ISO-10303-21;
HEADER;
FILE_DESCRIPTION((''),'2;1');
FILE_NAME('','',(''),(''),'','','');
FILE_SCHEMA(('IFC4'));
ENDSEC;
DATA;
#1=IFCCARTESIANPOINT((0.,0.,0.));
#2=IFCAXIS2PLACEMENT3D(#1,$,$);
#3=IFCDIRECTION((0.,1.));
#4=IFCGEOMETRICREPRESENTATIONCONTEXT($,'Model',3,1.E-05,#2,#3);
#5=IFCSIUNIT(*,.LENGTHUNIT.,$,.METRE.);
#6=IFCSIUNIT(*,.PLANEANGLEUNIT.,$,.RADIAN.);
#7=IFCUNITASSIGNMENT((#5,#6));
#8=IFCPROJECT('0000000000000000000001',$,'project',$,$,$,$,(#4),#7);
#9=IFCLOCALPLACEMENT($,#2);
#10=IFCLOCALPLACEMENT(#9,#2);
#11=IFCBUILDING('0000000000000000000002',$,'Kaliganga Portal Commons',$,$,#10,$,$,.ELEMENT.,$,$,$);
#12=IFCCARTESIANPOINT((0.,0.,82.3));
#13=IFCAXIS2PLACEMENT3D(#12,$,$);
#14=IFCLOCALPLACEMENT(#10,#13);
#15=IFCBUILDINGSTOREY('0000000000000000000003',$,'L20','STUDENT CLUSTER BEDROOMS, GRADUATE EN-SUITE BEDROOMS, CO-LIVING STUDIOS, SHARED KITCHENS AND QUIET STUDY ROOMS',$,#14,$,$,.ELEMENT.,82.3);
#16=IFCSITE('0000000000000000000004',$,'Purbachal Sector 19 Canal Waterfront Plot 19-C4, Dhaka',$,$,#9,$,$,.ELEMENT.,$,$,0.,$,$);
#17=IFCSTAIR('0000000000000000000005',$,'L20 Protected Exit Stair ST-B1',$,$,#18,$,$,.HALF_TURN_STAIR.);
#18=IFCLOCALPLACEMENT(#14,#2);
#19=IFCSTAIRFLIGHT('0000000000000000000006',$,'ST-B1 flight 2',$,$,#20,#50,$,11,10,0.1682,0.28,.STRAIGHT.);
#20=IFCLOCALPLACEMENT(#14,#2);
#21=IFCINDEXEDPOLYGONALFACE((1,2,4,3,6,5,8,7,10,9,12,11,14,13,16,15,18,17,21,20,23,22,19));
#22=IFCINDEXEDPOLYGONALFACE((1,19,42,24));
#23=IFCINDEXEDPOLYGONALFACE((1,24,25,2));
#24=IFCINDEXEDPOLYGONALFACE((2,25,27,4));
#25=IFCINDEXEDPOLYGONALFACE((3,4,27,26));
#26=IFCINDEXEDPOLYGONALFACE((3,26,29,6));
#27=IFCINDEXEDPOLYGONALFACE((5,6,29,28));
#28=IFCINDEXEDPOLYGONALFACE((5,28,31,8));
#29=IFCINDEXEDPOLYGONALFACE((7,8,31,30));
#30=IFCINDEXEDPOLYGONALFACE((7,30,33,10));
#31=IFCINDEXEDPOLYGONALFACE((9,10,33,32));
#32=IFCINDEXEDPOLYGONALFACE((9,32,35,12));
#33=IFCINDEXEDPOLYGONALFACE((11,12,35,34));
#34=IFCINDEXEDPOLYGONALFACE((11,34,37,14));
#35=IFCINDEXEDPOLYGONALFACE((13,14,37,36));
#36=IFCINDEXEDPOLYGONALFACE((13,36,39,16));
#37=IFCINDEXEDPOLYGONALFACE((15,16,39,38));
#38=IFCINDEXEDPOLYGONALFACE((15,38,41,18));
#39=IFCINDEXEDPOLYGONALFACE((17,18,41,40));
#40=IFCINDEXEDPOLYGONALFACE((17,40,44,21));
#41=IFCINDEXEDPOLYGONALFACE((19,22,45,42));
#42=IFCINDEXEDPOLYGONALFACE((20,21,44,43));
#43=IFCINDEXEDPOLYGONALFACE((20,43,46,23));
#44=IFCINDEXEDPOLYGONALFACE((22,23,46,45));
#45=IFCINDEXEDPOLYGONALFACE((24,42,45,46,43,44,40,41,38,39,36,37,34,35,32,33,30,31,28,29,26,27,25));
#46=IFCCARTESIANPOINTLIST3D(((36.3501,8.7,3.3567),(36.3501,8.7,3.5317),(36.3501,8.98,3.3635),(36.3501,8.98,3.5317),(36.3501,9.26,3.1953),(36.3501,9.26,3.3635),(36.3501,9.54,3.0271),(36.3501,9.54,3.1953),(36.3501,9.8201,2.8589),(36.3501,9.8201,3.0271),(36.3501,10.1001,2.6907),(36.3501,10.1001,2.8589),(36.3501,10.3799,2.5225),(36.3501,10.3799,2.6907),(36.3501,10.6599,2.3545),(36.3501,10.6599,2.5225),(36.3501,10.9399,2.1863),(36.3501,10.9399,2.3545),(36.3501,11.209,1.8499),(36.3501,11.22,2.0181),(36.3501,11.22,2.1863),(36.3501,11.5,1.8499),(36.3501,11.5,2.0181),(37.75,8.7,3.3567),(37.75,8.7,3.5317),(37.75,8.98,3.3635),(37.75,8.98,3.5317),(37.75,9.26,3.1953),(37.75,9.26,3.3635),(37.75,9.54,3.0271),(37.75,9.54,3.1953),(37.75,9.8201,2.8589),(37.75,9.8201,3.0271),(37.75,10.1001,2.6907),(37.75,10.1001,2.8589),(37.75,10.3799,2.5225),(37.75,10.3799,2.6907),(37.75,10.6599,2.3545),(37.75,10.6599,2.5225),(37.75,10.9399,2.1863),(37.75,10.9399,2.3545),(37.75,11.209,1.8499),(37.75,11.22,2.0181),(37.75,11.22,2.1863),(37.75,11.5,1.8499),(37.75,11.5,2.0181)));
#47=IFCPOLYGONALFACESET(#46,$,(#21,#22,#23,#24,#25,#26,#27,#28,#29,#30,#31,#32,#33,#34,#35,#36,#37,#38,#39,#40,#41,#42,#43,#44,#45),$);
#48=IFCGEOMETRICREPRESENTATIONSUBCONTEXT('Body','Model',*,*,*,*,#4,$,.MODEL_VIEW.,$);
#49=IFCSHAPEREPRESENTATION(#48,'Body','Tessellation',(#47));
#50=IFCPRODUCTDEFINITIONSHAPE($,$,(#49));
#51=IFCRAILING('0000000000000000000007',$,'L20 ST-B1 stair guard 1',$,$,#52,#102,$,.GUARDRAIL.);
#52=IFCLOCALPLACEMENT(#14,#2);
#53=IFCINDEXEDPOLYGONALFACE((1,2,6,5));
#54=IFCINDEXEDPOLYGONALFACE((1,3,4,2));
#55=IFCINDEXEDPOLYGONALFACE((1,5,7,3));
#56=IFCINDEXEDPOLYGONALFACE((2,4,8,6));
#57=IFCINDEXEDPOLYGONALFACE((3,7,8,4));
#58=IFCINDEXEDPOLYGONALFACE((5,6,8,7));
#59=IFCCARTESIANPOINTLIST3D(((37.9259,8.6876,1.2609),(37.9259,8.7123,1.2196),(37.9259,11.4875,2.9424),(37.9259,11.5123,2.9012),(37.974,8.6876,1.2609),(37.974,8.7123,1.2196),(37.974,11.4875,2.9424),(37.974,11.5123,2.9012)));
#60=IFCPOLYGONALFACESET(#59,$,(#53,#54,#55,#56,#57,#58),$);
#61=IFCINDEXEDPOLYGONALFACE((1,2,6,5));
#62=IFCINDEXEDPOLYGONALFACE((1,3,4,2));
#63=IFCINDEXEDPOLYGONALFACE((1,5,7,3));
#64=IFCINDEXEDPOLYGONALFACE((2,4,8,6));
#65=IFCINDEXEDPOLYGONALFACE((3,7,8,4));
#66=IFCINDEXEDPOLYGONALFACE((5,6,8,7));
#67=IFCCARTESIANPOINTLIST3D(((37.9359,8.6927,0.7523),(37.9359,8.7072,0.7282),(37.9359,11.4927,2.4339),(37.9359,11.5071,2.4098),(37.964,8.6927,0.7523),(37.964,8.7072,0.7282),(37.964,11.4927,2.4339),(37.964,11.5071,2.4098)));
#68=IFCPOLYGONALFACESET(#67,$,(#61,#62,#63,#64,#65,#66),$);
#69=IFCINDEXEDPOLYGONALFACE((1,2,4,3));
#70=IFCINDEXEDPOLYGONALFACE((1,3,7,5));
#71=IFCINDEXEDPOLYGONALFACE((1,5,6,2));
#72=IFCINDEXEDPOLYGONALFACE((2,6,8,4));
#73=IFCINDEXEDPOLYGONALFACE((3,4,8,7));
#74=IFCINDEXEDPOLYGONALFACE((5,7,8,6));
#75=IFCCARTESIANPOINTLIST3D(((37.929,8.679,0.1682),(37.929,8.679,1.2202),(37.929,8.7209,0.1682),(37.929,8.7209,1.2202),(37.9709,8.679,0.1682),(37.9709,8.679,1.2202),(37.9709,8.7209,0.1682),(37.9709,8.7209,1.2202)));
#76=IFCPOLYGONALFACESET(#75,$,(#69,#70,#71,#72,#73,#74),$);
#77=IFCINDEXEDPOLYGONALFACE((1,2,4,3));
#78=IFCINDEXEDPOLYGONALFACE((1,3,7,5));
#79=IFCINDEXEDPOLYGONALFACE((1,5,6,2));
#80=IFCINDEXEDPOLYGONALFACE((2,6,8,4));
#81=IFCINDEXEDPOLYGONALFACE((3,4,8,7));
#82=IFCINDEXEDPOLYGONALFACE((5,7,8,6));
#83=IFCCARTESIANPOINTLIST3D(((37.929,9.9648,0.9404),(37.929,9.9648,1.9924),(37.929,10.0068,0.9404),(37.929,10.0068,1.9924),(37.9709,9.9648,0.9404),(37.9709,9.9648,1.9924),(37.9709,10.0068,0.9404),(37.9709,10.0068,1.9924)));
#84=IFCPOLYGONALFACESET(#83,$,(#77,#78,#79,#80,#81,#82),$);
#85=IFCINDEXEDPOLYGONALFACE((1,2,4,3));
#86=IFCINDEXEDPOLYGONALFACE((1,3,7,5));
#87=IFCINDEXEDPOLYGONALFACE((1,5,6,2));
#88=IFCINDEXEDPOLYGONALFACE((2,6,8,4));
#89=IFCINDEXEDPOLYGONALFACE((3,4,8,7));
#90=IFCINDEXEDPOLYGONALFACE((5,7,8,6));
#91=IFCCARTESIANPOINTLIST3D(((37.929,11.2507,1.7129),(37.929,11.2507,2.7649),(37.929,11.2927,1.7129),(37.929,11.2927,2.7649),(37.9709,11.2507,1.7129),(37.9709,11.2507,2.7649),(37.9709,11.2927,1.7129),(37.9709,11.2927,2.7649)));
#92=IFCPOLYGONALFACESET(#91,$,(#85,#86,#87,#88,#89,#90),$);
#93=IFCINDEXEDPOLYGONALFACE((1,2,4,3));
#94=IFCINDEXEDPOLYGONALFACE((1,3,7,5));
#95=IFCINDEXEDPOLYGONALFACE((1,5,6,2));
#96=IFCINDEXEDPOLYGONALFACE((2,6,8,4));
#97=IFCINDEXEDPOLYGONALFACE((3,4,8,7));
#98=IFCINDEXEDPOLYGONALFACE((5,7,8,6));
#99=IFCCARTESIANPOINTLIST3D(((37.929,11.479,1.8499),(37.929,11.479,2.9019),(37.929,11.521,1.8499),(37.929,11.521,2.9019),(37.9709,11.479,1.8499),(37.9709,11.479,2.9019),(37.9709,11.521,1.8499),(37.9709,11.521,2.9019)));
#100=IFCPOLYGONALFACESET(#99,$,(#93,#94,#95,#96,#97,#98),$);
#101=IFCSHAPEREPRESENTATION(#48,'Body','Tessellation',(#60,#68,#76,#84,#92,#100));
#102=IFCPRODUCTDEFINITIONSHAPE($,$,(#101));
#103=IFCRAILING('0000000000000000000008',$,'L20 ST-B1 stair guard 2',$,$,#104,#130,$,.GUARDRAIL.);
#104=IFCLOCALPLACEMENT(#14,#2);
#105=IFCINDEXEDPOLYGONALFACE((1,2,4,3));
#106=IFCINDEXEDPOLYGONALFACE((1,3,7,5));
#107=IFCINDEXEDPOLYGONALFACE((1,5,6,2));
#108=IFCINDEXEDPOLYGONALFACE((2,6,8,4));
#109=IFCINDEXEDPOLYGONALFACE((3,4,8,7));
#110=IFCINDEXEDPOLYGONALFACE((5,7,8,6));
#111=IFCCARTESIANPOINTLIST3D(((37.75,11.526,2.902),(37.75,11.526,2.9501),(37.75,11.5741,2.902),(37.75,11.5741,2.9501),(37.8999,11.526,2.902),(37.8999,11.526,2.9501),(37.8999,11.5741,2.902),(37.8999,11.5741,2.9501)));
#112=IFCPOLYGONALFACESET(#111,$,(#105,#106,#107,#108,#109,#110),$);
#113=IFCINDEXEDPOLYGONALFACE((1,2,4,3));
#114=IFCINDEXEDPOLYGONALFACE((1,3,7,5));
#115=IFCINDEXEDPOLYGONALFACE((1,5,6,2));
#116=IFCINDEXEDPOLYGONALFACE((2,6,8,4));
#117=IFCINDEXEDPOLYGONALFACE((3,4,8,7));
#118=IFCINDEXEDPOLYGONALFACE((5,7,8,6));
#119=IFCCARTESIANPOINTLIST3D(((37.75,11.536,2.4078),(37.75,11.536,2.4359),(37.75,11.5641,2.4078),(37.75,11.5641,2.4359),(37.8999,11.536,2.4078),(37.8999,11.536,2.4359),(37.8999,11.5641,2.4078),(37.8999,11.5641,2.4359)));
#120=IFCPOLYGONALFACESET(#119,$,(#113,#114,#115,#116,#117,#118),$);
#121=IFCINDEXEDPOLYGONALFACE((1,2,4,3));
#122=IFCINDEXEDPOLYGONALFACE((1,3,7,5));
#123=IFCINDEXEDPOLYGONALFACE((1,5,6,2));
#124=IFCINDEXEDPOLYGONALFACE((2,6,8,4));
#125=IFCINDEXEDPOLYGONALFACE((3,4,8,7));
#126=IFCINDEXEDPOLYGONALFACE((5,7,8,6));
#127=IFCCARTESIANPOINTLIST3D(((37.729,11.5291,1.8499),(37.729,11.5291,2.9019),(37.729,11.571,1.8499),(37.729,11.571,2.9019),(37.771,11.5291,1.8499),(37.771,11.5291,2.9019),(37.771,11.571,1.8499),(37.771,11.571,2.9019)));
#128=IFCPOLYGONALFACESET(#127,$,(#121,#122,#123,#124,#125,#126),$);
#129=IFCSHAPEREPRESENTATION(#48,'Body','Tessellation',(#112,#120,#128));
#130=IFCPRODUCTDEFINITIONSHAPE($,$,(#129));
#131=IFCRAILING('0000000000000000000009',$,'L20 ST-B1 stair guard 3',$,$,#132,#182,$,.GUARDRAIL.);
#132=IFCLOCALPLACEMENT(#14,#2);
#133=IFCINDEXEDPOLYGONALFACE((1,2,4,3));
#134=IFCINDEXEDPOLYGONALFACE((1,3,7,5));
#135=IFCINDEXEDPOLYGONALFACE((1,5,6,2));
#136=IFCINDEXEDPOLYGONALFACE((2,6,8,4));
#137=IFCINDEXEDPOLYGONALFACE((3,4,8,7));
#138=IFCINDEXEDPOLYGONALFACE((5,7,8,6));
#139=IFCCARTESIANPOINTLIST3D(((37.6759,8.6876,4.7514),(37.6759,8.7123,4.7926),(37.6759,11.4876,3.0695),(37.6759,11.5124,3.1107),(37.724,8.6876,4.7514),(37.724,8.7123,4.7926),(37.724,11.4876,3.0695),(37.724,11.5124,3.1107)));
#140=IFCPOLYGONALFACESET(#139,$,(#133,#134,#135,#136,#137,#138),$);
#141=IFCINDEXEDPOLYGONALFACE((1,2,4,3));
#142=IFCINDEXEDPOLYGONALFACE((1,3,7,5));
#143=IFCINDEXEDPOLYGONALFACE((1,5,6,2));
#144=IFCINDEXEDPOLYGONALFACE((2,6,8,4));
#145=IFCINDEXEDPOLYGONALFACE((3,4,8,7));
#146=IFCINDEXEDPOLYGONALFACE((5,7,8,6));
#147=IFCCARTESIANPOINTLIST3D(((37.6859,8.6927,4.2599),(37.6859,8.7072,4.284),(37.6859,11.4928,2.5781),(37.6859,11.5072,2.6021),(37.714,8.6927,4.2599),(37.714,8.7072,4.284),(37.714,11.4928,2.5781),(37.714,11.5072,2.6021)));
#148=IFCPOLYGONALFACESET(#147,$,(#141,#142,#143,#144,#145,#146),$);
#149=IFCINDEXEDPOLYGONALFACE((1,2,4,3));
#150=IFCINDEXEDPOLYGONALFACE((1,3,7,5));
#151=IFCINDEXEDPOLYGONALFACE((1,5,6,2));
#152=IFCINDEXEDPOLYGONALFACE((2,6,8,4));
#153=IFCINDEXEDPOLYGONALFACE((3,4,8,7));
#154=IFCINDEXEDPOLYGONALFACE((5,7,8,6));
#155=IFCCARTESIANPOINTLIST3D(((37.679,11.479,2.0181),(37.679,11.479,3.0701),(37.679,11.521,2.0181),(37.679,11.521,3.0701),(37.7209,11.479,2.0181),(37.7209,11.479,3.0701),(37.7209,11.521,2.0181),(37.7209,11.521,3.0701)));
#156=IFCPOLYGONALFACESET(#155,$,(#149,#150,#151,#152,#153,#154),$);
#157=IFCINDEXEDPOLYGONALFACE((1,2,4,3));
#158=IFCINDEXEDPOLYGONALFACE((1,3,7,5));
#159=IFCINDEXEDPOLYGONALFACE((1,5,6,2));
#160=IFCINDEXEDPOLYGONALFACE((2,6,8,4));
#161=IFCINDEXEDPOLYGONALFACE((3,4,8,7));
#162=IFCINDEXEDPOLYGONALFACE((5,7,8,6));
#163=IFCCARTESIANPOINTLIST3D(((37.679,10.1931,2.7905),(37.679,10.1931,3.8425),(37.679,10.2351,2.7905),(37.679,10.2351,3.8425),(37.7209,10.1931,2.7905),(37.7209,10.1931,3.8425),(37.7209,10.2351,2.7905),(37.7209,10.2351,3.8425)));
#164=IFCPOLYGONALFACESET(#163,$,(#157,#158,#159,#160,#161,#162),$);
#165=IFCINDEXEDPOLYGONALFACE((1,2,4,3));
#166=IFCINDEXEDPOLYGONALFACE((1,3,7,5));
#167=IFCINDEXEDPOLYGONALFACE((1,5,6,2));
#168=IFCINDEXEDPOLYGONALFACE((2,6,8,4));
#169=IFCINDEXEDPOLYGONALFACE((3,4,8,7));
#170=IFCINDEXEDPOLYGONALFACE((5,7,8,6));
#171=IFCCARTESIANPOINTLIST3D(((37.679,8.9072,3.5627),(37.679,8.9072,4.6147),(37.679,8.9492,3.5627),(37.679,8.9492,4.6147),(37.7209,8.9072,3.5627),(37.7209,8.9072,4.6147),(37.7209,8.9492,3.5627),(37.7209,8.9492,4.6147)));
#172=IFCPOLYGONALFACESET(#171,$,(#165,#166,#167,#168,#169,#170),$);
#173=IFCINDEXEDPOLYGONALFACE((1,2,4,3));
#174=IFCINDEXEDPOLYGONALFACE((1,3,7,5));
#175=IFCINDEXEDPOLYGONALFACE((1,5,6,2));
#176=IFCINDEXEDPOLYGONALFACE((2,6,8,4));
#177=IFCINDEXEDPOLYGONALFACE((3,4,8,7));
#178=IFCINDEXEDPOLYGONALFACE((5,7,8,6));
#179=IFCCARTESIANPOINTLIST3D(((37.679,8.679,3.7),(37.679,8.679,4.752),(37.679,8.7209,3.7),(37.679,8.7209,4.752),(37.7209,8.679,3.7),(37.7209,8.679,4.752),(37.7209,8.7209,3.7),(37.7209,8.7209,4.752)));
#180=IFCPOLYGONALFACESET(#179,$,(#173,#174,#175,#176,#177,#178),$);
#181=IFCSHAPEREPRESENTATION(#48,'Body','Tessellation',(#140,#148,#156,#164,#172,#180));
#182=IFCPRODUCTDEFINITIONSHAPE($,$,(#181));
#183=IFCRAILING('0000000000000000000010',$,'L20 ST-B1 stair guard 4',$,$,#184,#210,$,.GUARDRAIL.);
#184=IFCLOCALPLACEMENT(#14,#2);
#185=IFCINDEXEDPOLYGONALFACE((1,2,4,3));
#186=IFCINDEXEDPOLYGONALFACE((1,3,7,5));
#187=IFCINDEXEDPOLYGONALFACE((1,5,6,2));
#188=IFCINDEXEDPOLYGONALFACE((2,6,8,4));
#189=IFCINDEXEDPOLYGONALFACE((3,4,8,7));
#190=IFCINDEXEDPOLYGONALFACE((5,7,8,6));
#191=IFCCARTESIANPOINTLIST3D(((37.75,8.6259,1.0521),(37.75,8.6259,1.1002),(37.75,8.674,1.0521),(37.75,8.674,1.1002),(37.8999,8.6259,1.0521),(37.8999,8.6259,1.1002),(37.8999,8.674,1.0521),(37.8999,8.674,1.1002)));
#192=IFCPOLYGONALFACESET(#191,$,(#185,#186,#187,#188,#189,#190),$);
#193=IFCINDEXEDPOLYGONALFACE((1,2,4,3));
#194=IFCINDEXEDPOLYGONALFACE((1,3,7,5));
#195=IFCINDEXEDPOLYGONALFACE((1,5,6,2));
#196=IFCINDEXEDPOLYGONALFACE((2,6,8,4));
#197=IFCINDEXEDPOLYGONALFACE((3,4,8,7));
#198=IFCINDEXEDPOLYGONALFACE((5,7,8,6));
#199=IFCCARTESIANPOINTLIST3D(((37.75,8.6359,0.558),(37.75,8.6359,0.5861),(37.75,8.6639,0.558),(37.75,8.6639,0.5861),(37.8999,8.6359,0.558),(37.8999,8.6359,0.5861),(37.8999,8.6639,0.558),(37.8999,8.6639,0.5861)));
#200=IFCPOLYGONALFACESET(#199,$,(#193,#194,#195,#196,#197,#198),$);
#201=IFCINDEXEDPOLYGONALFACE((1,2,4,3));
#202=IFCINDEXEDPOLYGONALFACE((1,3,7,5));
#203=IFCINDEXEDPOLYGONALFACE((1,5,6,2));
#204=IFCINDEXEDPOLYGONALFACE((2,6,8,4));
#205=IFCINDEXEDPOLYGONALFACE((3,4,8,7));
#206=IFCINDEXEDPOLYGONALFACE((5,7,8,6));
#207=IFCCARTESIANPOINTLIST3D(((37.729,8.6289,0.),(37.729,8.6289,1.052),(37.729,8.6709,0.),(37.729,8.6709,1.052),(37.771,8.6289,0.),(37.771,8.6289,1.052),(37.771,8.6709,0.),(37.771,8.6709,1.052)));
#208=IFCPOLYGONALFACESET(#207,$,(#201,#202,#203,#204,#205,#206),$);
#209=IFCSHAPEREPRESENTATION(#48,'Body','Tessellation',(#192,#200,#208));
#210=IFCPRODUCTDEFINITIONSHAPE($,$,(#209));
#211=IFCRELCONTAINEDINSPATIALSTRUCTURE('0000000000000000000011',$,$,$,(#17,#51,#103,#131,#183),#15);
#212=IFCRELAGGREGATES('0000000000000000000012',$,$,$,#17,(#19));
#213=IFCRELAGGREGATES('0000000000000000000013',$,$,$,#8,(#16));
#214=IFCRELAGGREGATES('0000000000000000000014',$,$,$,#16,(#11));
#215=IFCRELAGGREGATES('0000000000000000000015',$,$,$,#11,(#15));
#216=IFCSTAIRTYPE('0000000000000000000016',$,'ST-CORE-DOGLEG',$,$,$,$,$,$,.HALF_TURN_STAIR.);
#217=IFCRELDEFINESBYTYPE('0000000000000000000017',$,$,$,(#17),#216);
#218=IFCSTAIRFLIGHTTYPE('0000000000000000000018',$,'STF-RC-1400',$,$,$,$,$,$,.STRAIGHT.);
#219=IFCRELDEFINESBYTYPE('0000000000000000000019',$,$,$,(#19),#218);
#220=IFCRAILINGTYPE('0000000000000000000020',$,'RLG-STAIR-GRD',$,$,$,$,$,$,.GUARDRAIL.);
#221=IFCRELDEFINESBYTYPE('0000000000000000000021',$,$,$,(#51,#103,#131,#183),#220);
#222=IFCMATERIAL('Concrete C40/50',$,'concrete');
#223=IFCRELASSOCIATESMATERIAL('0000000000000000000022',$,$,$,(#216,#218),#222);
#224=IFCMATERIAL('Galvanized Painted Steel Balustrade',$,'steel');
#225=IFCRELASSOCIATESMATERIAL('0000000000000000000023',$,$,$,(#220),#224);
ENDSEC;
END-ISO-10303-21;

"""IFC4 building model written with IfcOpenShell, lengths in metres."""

from ifc_helpers import new_model, si_unit, direction, frame, origin, origin_2d, place, context, subcontext, project, spatial, polyline, rectangle, outline, extrude, material, type_object, element, aggregate, save


model = new_model("IFC4")

# Units and contexts
model_context = context("Model", 3, precision=1e-05, world=origin(), true_north=direction((0.0, 1.0)))
body_context = subcontext(model_context, "Body", "Model", "MODEL_VIEW")
ifc_project = project(units=[si_unit("LENGTHUNIT", "METRE"), si_unit("PLANEANGLEUNIT", "RADIAN")], contexts=[model_context])

# Site, building, storey
site_placement = place(None, origin())
site = spatial("IfcSite", under=ifc_project, at=site_placement, Name="Purbachal Sector 19 Canal Waterfront Plot 19-C4, Dhaka", CompositionType="ELEMENT", RefElevation=0.0)
building_placement = place(site_placement, origin())
building = spatial("IfcBuilding", under=site, at=building_placement, Name="Kaliganga Portal Commons", CompositionType="ELEMENT")
storey_placement = place(building_placement, frame((0.0, 0.0, 82.3)))
storey = spatial("IfcBuildingStorey", under=building, at=storey_placement, Name="L20", Description="STUDENT CLUSTER BEDROOMS, GRADUATE EN-SUITE BEDROOMS, CO-LIVING STUDIOS, SHARED KITCHENS AND QUIET STUDY ROOMS", CompositionType="ELEMENT", Elevation=82.3)

# Stair, stair flight
ifc_material_1 = material(Name="Concrete C40/50", Category="concrete")
stair_type = type_object("IfcStairType", Name="ST-CORE-DOGLEG", PredefinedType="HALF_TURN_STAIR", material=ifc_material_1)
stair_placement = place(storey_placement, origin())
stair = element("IfcStair", 1, at=stair_placement, inside=storey, type_object=stair_type, Name="L20 Protected Exit Stair ST-B1", PredefinedType="HALF_TURN_STAIR")
stair_flight_type = type_object("IfcStairFlightType", Name="STF-RC-1400", PredefinedType="STRAIGHT", material=ifc_material_1)
stair_flight_1_placement = place(storey_placement, frame((37.05, 11.5, 1.8499), z_axis=(0.0, 0.0, 1.0), x_axis=(0.0, -1.0, 0.0)))
stair_flight_1 = element("IfcStairFlight", 2, at=stair_flight_1_placement, type_object=stair_flight_type, Name="ST-B1 flight 2", NumberOfRisers=11, NumberOfTreads=10, PredefinedType="STRAIGHT", RiserHeight=0.1682, TreadLength=0.28, context=body_context, shape_type="SweptSolid", body=[
    extrude(outline(polyline([(0.0, 0.0), (0.0, 0.1682), (0.28, 0.1682), (0.28, 0.3364), (0.5601, 0.3364), (0.5601, 0.5046), (0.8401, 0.5046), (0.8401, 0.6726), (1.1201, 0.6726), (1.1201, 0.8408), (1.3999, 0.8408), (1.3999, 1.009), (1.6799, 1.009), (1.6799, 1.1772), (1.96, 1.1772), (1.96, 1.3455), (2.24, 1.3455), (2.24, 1.5137), (2.52, 1.5137), (2.52, 1.6819), (2.8, 1.6819), (2.8, 1.8501), (2.8, 1.5068), (0.291, 0.0), (0.0, 0.0)])), frame((0.0, 0.7, 0.0), z_axis=(0.0, -1.0, 0.0), x_axis=(1.0, 0.0, 0.0)), (0.0, 0.0, 1.0), 1.3999),
])
aggregate(stair, [stair_flight_1])

# Railings
ifc_material_2 = material(Name="Galvanized Painted Steel Balustrade", Category="steel")
railing_type_1 = type_object("IfcRailingType", Name="RLG-STAIR-GRD", PredefinedType="GUARDRAIL", material=ifc_material_2)
railing_1_placement = place(storey_placement, frame((37.95, 8.7, 0.1682)))
element("IfcRailing", 3, at=railing_1_placement, inside=storey, type_object=railing_type_1, Name="L20 ST-B1 stair guard 1", PredefinedType="GUARDRAIL", context=body_context, shape_type="SweptSolid", body=[
    extrude(rectangle(XDim=0.0481, YDim=0.0481, at=origin_2d()), frame((0.0, 0.0, 1.072), z_axis=(0.0, 0.857275, 0.514858), x_axis=(-1.0, 0.0, 0.0)), (0.0, 0.0, 1.0), 3.2661),
    extrude(rectangle(XDim=0.0281, YDim=0.0281, at=origin_2d()), frame((0.0, 0.0, 0.572), z_axis=(0.0, 0.857275, 0.514858), x_axis=(-1.0, 0.0, 0.0)), (0.0, 0.0, 1.0), 3.2661),
    extrude(rectangle(XDim=0.042, YDim=0.042, at=origin_2d()), origin(), (0.0, 0.0, 1.0), 1.052),
    extrude(rectangle(XDim=0.042, YDim=0.042, at=origin_2d()), frame((0.0, 1.2859, 0.7722)), (0.0, 0.0, 1.0), 1.052),
    extrude(rectangle(XDim=0.042, YDim=0.042, at=origin_2d()), frame((0.0, 2.5718, 1.5447)), (0.0, 0.0, 1.0), 1.052),
    extrude(rectangle(XDim=0.042, YDim=0.042, at=origin_2d()), frame((0.0, 2.8, 1.6816)), (0.0, 0.0, 1.0), 1.052),
])
railing_2_placement = place(storey_placement, frame((37.8999, 11.55, 1.8499)))
element("IfcRailing", 4, at=railing_2_placement, inside=storey, type_object=railing_type_1, Name="L20 ST-B1 stair guard 2", PredefinedType="GUARDRAIL", context=body_context, shape_type="SweptSolid", body=[
    extrude(rectangle(XDim=0.0481, YDim=0.0481, at=origin_2d()), frame((0.0, 0.0, 1.0762), z_axis=(-1.0, 0.0, 0.0), x_axis=(0.0, -1.0, 0.0)), (0.0, 0.0, 1.0), 0.1499),
    extrude(rectangle(XDim=0.0281, YDim=0.0281, at=origin_2d()), frame((0.0, 0.0, 0.572), z_axis=(-1.0, 0.0, 0.0), x_axis=(0.0, -1.0, 0.0)), (0.0, 0.0, 1.0), 0.1499),
    extrude(rectangle(XDim=0.042, YDim=0.042, at=origin_2d()), frame((-0.1499, 0.0, 0.0)), (0.0, 0.0, 1.0), 1.052),
])
railing_3_placement = place(storey_placement, frame((37.7, 11.5, 2.0181)))
element("IfcRailing", 5, at=railing_3_placement, inside=storey, type_object=railing_type_1, Name="L20 ST-B1 stair guard 3", PredefinedType="GUARDRAIL", context=body_context, shape_type="SweptSolid", body=[
    extrude(rectangle(XDim=0.0481, YDim=0.0481, at=origin_2d()), frame((0.0, 0.0, 1.072), z_axis=(0.0, -0.857242, 0.514913), x_axis=(1.0, 0.0, 0.0)), (0.0, 0.0, 1.0), 3.2664),
    extrude(rectangle(XDim=0.0281, YDim=0.0281, at=origin_2d()), frame((0.0, 0.0, 0.572), z_axis=(0.0, -0.857242, 0.514913), x_axis=(1.0, 0.0, 0.0)), (0.0, 0.0, 1.0), 3.2664),
    extrude(rectangle(XDim=0.042, YDim=0.042, at=origin_2d()), origin(), (0.0, 0.0, 1.0), 1.052),
    extrude(rectangle(XDim=0.042, YDim=0.042, at=origin_2d()), frame((0.0, -1.2859, 0.7725)), (0.0, 0.0, 1.0), 1.052),
    extrude(rectangle(XDim=0.042, YDim=0.042, at=origin_2d()), frame((0.0, -2.5718, 1.5447)), (0.0, 0.0, 1.0), 1.052),
    extrude(rectangle(XDim=0.042, YDim=0.042, at=origin_2d()), frame((0.0, -2.8, 1.6819)), (0.0, 0.0, 1.0), 1.052),
])
railing_4_placement = place(storey_placement, frame((37.8999, 8.6499, 0.0)))
element("IfcRailing", 6, at=railing_4_placement, inside=storey, type_object=railing_type_1, Name="L20 ST-B1 stair guard 4", PredefinedType="GUARDRAIL", context=body_context, shape_type="SweptSolid", body=[
    extrude(rectangle(XDim=0.0481, YDim=0.0481, at=origin_2d()), frame((0.0, 0.0, 1.0762), z_axis=(-1.0, 0.0, 0.0), x_axis=(0.0, -1.0, 0.0)), (0.0, 0.0, 1.0), 0.1499),
    extrude(rectangle(XDim=0.0281, YDim=0.0281, at=origin_2d()), frame((0.0, 0.0, 0.572), z_axis=(-1.0, 0.0, 0.0), x_axis=(0.0, -1.0, 0.0)), (0.0, 0.0, 1.0), 0.1499),
    extrude(rectangle(XDim=0.042, YDim=0.042, at=origin_2d()), frame((-0.1499, 0.0, 0.0)), (0.0, 0.0, 1.0), 1.052),
])

save(model, "model.ifc")
